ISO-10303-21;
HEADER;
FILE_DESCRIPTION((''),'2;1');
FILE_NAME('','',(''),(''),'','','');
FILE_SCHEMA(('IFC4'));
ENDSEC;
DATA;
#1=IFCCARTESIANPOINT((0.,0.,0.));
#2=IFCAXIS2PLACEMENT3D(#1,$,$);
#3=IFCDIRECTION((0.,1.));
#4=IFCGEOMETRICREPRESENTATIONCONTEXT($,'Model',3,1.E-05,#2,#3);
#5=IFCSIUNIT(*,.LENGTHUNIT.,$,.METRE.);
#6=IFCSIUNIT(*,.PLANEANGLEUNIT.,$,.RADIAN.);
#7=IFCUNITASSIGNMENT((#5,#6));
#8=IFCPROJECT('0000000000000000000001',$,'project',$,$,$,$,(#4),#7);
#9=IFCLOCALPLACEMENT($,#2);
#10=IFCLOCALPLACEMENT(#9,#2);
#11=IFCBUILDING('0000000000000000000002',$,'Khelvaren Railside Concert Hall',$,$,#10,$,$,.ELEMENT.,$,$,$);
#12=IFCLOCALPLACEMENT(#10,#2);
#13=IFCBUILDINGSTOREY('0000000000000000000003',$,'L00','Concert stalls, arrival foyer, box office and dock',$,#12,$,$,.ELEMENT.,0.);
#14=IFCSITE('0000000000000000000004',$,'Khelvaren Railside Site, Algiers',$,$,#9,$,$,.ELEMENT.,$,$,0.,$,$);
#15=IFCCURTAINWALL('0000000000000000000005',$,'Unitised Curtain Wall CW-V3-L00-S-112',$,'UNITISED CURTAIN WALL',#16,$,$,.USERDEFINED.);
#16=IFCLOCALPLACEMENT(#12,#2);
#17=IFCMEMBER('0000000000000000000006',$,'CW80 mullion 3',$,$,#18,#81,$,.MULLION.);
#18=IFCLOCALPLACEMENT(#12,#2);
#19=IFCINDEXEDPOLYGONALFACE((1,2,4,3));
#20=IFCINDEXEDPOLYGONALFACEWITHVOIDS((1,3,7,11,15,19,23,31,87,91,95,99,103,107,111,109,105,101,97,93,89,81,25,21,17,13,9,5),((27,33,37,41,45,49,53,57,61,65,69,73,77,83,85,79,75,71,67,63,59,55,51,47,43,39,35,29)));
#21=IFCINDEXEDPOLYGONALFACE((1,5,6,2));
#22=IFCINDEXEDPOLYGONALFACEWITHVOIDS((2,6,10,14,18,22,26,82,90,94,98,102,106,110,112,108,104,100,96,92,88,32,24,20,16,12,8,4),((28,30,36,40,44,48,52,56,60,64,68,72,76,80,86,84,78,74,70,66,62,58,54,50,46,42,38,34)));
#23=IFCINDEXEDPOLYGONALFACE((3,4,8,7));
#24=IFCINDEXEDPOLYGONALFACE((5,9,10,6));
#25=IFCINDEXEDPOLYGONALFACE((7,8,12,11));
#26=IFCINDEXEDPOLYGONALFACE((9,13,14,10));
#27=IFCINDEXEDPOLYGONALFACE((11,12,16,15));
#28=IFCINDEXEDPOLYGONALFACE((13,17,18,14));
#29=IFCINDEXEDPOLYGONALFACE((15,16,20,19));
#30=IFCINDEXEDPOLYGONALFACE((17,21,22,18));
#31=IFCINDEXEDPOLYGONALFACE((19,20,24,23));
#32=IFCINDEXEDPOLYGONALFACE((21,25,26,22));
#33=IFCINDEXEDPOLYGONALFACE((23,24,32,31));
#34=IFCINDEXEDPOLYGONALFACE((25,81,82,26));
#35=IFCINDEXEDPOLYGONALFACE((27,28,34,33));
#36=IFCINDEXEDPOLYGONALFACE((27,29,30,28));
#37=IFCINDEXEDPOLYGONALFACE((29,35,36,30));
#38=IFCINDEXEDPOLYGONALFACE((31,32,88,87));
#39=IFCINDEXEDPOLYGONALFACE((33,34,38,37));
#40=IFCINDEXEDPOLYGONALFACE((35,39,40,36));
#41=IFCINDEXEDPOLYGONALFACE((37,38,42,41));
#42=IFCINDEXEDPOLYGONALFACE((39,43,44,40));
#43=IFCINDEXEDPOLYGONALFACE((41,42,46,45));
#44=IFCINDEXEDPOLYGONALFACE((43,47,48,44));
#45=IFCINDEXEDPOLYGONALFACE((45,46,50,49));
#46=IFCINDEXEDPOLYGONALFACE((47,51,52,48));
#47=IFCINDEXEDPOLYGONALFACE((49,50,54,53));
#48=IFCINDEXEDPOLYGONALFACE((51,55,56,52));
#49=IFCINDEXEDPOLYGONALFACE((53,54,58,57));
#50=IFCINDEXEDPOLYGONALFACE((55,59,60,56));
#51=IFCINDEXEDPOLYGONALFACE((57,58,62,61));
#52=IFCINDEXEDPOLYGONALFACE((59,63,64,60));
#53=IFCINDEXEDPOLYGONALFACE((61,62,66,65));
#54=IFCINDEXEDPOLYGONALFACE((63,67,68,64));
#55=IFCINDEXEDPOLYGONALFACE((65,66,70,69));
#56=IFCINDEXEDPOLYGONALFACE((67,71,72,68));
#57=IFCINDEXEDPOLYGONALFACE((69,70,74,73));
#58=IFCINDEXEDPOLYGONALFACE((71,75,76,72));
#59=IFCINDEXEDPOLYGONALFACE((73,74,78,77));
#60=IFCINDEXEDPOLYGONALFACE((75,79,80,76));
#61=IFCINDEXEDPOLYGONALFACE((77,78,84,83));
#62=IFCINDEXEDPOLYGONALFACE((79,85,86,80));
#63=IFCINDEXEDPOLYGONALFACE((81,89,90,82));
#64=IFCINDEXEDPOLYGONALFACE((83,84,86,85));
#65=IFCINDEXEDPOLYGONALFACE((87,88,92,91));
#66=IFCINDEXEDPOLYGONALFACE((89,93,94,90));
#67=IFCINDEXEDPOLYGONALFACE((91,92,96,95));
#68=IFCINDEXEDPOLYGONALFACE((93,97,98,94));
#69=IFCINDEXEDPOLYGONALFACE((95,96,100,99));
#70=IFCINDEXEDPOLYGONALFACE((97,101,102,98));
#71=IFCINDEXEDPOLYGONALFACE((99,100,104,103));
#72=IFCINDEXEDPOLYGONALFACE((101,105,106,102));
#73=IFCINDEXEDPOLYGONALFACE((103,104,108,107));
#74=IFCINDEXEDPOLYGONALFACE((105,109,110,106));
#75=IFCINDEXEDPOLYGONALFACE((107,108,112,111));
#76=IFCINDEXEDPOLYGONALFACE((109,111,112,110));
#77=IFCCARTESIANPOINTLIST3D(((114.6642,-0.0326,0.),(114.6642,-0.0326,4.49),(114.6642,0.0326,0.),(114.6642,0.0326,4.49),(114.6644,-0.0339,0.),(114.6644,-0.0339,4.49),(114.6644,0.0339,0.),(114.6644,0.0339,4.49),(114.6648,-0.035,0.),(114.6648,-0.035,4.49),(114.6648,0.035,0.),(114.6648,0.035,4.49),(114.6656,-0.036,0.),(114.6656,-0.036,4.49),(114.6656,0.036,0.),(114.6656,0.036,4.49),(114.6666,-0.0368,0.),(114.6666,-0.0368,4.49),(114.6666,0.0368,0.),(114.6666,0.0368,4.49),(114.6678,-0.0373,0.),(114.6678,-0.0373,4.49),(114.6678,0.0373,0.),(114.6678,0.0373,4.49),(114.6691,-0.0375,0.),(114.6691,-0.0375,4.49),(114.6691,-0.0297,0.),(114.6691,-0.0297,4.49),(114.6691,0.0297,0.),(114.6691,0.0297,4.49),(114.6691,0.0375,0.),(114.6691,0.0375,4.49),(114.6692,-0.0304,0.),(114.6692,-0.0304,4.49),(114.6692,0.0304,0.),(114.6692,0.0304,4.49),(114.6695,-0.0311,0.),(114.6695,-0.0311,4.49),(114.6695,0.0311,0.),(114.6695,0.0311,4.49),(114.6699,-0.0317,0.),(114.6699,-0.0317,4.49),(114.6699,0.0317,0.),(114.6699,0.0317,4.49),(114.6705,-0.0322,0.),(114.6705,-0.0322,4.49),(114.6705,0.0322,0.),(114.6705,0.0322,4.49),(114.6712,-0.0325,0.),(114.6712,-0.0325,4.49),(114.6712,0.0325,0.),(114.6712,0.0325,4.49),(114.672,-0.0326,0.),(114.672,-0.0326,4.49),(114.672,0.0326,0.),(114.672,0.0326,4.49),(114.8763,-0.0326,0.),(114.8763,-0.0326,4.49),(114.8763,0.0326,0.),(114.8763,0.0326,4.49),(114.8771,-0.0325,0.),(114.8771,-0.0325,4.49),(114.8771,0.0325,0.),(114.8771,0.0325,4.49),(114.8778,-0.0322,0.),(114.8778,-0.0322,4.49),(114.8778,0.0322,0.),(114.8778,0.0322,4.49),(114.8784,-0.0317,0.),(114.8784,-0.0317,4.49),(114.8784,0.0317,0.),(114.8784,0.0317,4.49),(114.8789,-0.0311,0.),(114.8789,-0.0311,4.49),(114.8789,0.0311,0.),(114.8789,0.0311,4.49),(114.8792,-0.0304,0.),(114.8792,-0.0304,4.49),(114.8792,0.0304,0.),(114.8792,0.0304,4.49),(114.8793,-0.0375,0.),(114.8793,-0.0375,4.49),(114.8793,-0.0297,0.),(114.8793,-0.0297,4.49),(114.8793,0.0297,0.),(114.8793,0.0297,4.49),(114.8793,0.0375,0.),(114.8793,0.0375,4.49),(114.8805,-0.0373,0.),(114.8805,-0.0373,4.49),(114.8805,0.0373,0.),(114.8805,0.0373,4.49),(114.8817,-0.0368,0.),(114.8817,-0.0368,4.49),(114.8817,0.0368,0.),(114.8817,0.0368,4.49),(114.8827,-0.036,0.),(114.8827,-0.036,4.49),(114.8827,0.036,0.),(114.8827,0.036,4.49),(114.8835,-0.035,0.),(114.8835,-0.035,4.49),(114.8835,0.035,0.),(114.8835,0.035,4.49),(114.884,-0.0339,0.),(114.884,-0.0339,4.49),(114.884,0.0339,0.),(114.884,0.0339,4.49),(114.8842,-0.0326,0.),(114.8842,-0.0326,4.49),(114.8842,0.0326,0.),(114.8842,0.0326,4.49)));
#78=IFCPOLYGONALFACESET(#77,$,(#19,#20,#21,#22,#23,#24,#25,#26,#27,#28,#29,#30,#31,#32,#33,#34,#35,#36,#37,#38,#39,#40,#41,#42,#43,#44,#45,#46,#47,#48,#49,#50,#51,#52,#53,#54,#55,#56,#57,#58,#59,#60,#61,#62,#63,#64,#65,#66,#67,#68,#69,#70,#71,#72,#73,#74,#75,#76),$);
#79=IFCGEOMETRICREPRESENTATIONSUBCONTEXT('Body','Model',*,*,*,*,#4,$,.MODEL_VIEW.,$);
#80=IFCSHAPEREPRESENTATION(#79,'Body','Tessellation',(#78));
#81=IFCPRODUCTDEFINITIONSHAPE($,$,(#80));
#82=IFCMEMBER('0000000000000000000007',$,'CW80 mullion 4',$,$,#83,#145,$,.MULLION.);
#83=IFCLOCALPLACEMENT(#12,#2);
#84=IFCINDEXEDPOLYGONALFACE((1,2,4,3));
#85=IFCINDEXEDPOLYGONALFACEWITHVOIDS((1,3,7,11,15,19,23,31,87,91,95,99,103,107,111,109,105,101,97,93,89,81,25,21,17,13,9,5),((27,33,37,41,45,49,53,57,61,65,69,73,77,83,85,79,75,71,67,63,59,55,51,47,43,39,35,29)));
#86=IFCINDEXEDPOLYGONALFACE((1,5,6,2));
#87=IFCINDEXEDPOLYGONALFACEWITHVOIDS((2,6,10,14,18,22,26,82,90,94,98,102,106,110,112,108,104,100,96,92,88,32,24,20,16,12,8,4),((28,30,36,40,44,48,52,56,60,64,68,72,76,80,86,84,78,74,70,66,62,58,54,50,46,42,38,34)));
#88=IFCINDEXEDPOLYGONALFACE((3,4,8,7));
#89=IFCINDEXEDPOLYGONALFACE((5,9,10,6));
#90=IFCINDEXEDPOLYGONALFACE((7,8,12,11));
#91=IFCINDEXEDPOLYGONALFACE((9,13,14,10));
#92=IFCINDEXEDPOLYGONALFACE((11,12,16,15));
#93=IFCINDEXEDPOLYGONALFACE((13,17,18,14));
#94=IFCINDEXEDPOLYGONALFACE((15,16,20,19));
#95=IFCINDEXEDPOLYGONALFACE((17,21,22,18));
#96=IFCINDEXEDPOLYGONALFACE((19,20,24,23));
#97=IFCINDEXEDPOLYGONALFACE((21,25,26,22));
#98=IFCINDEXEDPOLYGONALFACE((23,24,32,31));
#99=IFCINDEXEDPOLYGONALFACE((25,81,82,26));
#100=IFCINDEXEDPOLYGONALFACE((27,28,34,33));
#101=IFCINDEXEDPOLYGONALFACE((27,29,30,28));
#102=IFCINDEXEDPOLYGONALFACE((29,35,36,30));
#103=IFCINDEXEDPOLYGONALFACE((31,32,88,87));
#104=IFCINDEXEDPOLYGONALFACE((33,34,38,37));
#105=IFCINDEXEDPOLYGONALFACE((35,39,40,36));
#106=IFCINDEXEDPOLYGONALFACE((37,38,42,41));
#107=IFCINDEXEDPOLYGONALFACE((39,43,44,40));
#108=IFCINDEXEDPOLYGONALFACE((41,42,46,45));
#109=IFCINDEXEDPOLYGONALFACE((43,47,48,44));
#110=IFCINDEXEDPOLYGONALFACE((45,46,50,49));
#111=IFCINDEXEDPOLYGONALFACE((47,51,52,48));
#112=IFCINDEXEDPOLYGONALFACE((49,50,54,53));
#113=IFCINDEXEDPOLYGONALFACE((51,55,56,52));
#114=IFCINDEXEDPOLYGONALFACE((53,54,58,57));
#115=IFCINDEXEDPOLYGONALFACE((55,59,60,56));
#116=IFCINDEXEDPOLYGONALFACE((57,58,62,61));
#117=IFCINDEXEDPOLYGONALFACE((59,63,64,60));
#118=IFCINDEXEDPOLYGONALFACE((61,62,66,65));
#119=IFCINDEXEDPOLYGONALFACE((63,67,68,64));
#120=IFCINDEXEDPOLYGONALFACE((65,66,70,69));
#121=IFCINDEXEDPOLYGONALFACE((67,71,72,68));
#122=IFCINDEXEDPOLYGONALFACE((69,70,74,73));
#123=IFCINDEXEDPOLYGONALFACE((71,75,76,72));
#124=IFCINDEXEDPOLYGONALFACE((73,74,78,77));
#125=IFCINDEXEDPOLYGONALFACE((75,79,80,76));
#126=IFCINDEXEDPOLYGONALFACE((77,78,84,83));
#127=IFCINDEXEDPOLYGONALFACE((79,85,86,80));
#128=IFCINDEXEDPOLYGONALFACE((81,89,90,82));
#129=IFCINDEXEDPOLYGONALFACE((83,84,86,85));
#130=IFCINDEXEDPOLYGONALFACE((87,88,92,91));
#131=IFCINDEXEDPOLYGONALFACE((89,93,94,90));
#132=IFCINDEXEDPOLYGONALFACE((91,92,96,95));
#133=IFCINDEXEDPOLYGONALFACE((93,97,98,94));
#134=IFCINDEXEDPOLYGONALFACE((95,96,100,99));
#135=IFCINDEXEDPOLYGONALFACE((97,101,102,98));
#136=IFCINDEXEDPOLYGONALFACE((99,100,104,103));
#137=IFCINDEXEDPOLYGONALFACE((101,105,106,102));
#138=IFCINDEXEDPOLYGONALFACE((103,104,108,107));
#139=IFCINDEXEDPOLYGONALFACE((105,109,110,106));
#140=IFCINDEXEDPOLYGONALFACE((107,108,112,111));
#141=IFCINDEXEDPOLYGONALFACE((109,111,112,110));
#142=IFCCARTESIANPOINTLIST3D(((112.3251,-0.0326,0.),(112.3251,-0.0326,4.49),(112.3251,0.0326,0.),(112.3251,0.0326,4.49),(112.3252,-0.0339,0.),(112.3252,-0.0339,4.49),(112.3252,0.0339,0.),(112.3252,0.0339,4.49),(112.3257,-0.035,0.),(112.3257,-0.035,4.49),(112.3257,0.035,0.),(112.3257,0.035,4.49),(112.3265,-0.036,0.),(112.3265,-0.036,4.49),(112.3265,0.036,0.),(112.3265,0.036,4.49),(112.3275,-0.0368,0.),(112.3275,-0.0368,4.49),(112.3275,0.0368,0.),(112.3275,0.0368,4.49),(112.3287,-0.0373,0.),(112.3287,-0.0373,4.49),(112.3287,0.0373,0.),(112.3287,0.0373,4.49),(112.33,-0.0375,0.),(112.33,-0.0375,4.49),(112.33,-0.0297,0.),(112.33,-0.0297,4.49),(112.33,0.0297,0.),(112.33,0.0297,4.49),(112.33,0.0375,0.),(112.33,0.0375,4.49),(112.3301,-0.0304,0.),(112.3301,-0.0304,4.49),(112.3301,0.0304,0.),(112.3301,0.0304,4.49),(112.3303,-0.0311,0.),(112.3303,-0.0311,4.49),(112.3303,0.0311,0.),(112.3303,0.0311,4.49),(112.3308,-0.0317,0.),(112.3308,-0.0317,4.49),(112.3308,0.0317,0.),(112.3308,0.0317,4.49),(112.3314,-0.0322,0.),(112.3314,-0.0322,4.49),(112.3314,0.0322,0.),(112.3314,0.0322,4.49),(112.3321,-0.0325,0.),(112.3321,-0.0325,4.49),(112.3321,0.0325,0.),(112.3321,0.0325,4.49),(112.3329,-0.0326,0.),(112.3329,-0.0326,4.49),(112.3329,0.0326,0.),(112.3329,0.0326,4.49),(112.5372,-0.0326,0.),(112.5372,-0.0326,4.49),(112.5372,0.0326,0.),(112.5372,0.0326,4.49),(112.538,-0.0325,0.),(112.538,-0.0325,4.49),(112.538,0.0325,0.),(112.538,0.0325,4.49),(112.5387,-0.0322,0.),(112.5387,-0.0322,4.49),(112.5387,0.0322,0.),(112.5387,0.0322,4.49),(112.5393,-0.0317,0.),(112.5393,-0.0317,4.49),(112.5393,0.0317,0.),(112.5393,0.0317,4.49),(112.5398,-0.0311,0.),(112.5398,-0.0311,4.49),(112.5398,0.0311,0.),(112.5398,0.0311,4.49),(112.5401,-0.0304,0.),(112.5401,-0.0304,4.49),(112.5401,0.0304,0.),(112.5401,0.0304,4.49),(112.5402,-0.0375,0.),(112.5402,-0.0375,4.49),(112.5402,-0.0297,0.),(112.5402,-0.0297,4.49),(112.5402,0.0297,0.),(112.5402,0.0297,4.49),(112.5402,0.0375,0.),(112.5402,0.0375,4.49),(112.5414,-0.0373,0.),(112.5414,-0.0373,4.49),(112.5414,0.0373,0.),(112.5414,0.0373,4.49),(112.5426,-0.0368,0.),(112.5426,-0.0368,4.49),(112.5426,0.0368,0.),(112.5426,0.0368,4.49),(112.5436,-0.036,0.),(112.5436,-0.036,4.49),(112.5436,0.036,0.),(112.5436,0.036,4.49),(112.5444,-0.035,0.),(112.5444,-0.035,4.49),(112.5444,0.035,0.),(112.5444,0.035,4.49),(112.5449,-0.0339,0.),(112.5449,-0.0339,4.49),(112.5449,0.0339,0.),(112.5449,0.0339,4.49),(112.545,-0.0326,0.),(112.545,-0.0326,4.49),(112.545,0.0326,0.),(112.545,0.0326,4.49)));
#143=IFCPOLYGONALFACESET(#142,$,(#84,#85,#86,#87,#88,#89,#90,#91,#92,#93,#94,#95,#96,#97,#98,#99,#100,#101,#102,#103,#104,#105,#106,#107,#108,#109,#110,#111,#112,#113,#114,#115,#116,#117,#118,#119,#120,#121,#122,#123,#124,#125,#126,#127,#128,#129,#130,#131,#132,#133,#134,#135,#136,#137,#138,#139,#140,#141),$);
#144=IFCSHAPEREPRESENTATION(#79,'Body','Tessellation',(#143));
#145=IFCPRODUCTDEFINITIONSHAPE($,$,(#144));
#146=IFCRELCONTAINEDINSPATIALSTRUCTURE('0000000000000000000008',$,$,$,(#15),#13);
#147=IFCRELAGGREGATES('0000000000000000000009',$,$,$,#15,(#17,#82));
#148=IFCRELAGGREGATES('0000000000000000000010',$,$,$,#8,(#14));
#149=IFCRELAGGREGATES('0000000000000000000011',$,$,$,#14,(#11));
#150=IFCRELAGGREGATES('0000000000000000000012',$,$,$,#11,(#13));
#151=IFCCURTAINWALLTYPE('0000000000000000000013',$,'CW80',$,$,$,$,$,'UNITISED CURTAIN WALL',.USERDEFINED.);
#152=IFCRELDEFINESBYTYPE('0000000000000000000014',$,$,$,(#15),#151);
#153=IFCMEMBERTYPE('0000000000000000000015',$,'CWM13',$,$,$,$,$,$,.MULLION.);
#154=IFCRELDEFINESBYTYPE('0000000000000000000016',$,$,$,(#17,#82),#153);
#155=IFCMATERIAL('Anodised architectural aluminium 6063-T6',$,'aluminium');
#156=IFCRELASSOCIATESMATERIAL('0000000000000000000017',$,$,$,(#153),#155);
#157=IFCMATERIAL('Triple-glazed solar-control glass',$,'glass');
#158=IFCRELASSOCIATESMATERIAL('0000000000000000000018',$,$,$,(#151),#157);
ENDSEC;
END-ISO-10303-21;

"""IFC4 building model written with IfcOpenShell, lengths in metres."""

from ifc_helpers import new_model, si_unit, direction, frame, origin, origin_2d, place, context, subcontext, project, spatial, hollow_rectangle, extrude, material, material_profile, profile_set, type_object, element, aggregate, save


model = new_model("IFC4")

# Units and contexts
model_context = context("Model", 3, precision=1e-05, world=origin(), true_north=direction((0.0, 1.0)))
body_context = subcontext(model_context, "Body", "Model", "MODEL_VIEW")
ifc_project = project(units=[si_unit("LENGTHUNIT", "METRE"), si_unit("PLANEANGLEUNIT", "RADIAN")], contexts=[model_context])

# Site, building, storey
site_placement = place(None, origin())
site = spatial("IfcSite", under=ifc_project, at=site_placement, Name="Khelvaren Railside Site, Algiers", CompositionType="ELEMENT", RefElevation=0.0)
building_placement = place(site_placement, origin())
building = spatial("IfcBuilding", under=site, at=building_placement, Name="Khelvaren Railside Concert Hall", CompositionType="ELEMENT")
storey_placement = place(building_placement, origin())
storey = spatial("IfcBuildingStorey", under=building, at=storey_placement, Name="L00", Description="Concert stalls, arrival foyer, box office and dock", CompositionType="ELEMENT", Elevation=0.0)

# Curtain wall, members
ifc_material_1 = material(Name="Triple-glazed solar-control glass", Category="glass")
ifc_material_2 = material(Name="Anodised architectural aluminium 6063-T6", Category="aluminium")
ifc_material_profile_1 = material_profile(ifc_material_2, hollow_rectangle(XDim=0.075, YDim=0.22, WallThickness=0.0049, InnerFilletRadius=0.0029, OuterFilletRadius=0.0049, at=origin_2d()), Name="CWM 75x220x5")
ifc_profile_set_1 = profile_set([ifc_material_profile_1], Name="Anodised architectural aluminium 6063-T6")
member_type_1 = type_object("IfcMemberType", Name="CWM13", PredefinedType="MULLION", material=ifc_profile_set_1)
curtain_wall_type_1 = type_object("IfcCurtainWallType", Name="CW80", ElementType="UNITISED CURTAIN WALL", PredefinedType="USERDEFINED", material=ifc_material_1)
curtain_wall_1_placement = place(storey_placement, origin())
curtain_wall_1 = element("IfcCurtainWall", 1, at=curtain_wall_1_placement, inside=storey, type_object=curtain_wall_type_1, Name="Unitised Curtain Wall CW-V3-L00-S-112", ObjectType="UNITISED CURTAIN WALL", PredefinedType="USERDEFINED")
member_1_placement = place(storey_placement, frame((114.7742, 0.0, 0.0), z_axis=(0.0, 0.0, 1.0), x_axis=(0.0, -1.0, 0.0)))
member_1 = element("IfcMember", 2, at=member_1_placement, type_object=member_type_1, Name="CW80 mullion 3", PredefinedType="MULLION", context=body_context, shape_type="SweptSolid", body=[
    extrude(hollow_rectangle(XDim=0.075, YDim=0.22, WallThickness=0.0049, InnerFilletRadius=0.0029, OuterFilletRadius=0.0049, at=origin_2d()), origin(), (0.0, 0.0, 1.0), 4.49),
])
member_2_placement = place(storey_placement, frame((112.4351, 0.0, 0.0), z_axis=(0.0, 0.0, 1.0), x_axis=(0.0, -1.0, 0.0)))
member_2 = element("IfcMember", 3, at=member_2_placement, type_object=member_type_1, Name="CW80 mullion 4", PredefinedType="MULLION", context=body_context, shape_type="SweptSolid", body=[
    extrude(hollow_rectangle(XDim=0.075, YDim=0.22, WallThickness=0.0049, InnerFilletRadius=0.0029, OuterFilletRadius=0.0049, at=origin_2d()), origin(), (0.0, 0.0, 1.0), 4.49),
])

aggregate(curtain_wall_1, [member_1, member_2])

save(model, "model.ifc")
